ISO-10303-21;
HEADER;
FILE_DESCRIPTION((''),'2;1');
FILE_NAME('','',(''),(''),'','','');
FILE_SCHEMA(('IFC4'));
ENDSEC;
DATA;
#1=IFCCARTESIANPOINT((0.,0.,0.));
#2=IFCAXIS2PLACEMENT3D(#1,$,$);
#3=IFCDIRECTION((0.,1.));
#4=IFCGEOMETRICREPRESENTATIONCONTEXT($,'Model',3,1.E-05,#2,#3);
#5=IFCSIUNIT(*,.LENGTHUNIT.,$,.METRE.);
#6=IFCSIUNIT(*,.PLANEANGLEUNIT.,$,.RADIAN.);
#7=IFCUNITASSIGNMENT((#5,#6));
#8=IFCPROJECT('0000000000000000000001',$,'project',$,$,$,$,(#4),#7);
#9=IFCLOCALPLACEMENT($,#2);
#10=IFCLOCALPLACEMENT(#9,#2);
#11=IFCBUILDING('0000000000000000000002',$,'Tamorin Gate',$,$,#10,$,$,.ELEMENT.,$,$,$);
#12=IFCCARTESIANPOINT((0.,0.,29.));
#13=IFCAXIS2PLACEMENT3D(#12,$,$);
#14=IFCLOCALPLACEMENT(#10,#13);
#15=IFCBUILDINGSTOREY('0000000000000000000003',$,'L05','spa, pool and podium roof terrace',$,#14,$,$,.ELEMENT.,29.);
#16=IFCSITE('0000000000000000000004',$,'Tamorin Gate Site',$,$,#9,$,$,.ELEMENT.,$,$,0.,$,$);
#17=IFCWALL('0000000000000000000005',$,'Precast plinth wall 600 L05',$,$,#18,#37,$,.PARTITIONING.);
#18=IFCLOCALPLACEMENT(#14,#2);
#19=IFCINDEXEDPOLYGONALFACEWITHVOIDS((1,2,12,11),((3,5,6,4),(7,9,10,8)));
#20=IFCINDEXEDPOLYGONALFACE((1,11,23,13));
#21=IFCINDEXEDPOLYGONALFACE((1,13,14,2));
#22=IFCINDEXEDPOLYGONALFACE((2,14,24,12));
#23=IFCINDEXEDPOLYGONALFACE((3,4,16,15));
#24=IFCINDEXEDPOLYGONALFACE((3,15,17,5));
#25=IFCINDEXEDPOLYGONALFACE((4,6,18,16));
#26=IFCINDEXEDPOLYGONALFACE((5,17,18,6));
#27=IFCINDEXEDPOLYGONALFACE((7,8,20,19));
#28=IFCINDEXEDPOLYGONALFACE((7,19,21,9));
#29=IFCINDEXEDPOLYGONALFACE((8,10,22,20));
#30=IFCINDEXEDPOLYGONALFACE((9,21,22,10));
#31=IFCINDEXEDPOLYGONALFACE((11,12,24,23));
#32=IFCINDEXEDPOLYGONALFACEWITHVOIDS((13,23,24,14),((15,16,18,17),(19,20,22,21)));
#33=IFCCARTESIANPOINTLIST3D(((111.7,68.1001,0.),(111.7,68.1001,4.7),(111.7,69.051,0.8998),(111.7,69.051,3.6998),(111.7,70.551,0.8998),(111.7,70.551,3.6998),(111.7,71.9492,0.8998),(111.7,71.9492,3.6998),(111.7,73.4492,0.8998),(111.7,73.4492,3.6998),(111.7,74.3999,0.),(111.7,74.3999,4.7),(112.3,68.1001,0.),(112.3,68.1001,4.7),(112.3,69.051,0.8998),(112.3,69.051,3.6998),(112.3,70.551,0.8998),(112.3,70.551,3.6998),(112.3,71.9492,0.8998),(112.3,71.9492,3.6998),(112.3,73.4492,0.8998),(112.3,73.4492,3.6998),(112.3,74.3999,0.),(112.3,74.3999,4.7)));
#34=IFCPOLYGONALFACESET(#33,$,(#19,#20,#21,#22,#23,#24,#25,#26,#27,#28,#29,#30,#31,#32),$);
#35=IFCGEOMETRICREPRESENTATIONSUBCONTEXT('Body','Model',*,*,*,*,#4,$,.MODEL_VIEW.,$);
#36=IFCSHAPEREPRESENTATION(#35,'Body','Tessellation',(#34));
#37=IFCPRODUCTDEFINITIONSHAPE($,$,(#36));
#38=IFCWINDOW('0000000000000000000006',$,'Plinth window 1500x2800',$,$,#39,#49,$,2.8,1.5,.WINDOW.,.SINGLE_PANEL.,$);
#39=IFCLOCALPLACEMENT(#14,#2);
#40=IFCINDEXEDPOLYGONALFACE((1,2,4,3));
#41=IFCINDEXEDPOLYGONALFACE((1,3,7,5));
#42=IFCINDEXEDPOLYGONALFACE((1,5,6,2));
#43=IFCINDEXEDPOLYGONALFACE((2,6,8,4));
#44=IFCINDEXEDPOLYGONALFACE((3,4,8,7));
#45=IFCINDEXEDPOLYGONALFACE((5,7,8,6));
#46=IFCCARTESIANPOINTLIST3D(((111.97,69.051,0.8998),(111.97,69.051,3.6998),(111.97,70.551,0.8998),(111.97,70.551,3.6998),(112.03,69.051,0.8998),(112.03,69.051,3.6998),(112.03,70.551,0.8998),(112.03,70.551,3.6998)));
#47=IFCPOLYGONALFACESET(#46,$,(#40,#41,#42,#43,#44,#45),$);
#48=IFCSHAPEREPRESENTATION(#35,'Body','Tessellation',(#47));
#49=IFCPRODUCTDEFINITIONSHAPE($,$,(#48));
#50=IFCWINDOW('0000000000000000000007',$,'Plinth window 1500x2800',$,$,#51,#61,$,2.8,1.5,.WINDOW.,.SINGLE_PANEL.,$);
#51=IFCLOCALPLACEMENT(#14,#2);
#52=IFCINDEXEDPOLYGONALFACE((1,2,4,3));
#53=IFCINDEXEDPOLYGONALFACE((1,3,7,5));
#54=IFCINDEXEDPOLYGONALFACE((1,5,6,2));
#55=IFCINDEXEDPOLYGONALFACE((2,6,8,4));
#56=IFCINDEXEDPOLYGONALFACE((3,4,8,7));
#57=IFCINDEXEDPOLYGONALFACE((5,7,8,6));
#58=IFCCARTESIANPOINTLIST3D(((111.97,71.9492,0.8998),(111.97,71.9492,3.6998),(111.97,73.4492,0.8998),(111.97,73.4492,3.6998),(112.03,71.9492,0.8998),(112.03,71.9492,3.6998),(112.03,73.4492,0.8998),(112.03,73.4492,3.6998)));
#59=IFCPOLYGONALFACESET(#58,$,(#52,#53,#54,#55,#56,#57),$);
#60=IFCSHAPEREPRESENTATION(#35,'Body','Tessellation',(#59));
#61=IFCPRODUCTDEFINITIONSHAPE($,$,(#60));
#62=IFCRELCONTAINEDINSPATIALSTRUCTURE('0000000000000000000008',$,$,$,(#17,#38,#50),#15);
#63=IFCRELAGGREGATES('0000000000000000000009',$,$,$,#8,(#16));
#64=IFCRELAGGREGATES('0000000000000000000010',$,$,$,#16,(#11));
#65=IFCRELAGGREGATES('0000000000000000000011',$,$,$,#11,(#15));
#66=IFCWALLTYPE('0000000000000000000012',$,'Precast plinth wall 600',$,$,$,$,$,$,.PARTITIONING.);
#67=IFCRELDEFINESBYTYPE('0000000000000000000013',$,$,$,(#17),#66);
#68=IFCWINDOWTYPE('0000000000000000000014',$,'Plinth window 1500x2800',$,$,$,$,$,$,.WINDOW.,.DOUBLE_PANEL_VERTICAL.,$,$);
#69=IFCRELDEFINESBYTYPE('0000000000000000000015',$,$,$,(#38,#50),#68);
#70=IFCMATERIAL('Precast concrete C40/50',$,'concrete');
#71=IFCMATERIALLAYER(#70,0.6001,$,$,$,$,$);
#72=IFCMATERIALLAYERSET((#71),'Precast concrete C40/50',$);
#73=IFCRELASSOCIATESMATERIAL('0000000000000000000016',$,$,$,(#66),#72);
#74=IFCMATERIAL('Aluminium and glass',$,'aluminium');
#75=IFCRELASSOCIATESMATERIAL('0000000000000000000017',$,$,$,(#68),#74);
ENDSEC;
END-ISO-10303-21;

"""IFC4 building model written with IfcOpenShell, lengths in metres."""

from ifc_helpers import new_model, si_unit, direction, frame, frame_2d, origin, place, context, subcontext, project, spatial, rectangle, extrude, material, layer, layer_set, type_object, element, fill, save


model = new_model("IFC4")

# Units and contexts
model_context = context("Model", 3, precision=1e-05, world=origin(), true_north=direction((0.0, 1.0)))
body_context = subcontext(model_context, "Body", "Model", "MODEL_VIEW")
ifc_project = project(units=[si_unit("LENGTHUNIT", "METRE"), si_unit("PLANEANGLEUNIT", "RADIAN")], contexts=[model_context])

# Site, building, storey
site_placement = place(None, origin())
site = spatial("IfcSite", under=ifc_project, at=site_placement, Name="Tamorin Gate Site", CompositionType="ELEMENT", RefElevation=0.0)
building_placement = place(site_placement, origin())
building = spatial("IfcBuilding", under=site, at=building_placement, Name="Tamorin Gate", CompositionType="ELEMENT")
storey_placement = place(building_placement, frame((0.0, 0.0, 29.0)))
storey = spatial("IfcBuildingStorey", under=building, at=storey_placement, Name="L05", Description="spa, pool and podium roof terrace", CompositionType="ELEMENT", Elevation=29.0)

# Shared definitions
ifc_material_1 = material(Name="Precast concrete C40/50", Category="concrete")
ifc_layer = layer(ifc_material_1, 0.6001)
ifc_layer_set = layer_set([ifc_layer], Name="Precast concrete C40/50")
wall_type = type_object("IfcWallType", Name="Precast plinth wall 600", PredefinedType="PARTITIONING", material=ifc_layer_set)
ifc_material_2 = material(Name="Aluminium and glass", Category="aluminium")
window_type = type_object("IfcWindowType", Name="Plinth window 1500x2800", PartitioningType="DOUBLE_PANEL_VERTICAL", PredefinedType="WINDOW", material=ifc_material_2)

# Wall, openings, windows
wall_1_placement = place(storey_placement, frame((112.0, 68.1001, 0.0), z_axis=(0.0, 0.0, 1.0), x_axis=(0.0, 1.0, 0.0)))
wall_1 = element("IfcWall", 1, at=wall_1_placement, inside=storey, type_object=wall_type, Name="Precast plinth wall 600 L05", PredefinedType="PARTITIONING", context=body_context, shape_type="SweptSolid", body=[
    extrude(rectangle(XDim=6.2998, YDim=0.6001, at=frame_2d((3.1499, 0.0))), origin(), (0.0, 0.0, 1.0), 4.7),
])
opening_1_placement = place(wall_1_placement, frame((0.9509, 0.0, 0.8999)))
opening_1 = element("IfcOpeningElement", 2, at=opening_1_placement, cuts=wall_1, PredefinedType="OPENING", context=body_context, shape_type="SweptSolid", body=[
    extrude(rectangle(XDim=1.5, YDim=2.8, at=frame_2d((0.75, 1.3999))), frame((0.0, 0.3101, 0.0), z_axis=(0.0, -1.0, 0.0), x_axis=(1.0, 0.0, 0.0)), (0.0, 0.0, 1.0), 0.6201),
])
opening_2_placement = place(wall_1_placement, frame((3.8491, 0.0, 0.8999)))
opening_2 = element("IfcOpeningElement", 3, at=opening_2_placement, cuts=wall_1, PredefinedType="OPENING", context=body_context, shape_type="SweptSolid", body=[
    extrude(rectangle(XDim=1.5, YDim=2.8, at=frame_2d((0.75, 1.3999))), frame((0.0, 0.3101, 0.0), z_axis=(0.0, -1.0, 0.0), x_axis=(1.0, 0.0, 0.0)), (0.0, 0.0, 1.0), 0.6201),
])
window_1_placement = place(opening_1_placement, origin())
window_1 = element("IfcWindow", 4, at=window_1_placement, inside=storey, type_object=window_type, Name="Plinth window 1500x2800", OverallHeight=2.8, OverallWidth=1.5, PartitioningType="SINGLE_PANEL", PredefinedType="WINDOW", context=body_context, shape_type="SweptSolid", body=[
    extrude(rectangle(XDim=1.5, YDim=2.8, at=frame_2d((0.75, 1.3999))), frame((0.0, 0.03, 0.0), z_axis=(0.0, -1.0, 0.0), x_axis=(1.0, 0.0, 0.0)), (0.0, 0.0, 1.0), 0.0601),
])
fill(opening_1, window_1)
window_2_placement = place(opening_2_placement, origin())
window_2 = element("IfcWindow", 5, at=window_2_placement, inside=storey, type_object=window_type, Name="Plinth window 1500x2800", OverallHeight=2.8, OverallWidth=1.5, PartitioningType="SINGLE_PANEL", PredefinedType="WINDOW", context=body_context, shape_type="SweptSolid", body=[
    extrude(rectangle(XDim=1.5, YDim=2.8, at=frame_2d((0.75, 1.3999))), frame((0.0, 0.03, 0.0), z_axis=(0.0, -1.0, 0.0), x_axis=(1.0, 0.0, 0.0)), (0.0, 0.0, 1.0), 0.0601),
])
fill(opening_2, window_2)

save(model, "model.ifc")
